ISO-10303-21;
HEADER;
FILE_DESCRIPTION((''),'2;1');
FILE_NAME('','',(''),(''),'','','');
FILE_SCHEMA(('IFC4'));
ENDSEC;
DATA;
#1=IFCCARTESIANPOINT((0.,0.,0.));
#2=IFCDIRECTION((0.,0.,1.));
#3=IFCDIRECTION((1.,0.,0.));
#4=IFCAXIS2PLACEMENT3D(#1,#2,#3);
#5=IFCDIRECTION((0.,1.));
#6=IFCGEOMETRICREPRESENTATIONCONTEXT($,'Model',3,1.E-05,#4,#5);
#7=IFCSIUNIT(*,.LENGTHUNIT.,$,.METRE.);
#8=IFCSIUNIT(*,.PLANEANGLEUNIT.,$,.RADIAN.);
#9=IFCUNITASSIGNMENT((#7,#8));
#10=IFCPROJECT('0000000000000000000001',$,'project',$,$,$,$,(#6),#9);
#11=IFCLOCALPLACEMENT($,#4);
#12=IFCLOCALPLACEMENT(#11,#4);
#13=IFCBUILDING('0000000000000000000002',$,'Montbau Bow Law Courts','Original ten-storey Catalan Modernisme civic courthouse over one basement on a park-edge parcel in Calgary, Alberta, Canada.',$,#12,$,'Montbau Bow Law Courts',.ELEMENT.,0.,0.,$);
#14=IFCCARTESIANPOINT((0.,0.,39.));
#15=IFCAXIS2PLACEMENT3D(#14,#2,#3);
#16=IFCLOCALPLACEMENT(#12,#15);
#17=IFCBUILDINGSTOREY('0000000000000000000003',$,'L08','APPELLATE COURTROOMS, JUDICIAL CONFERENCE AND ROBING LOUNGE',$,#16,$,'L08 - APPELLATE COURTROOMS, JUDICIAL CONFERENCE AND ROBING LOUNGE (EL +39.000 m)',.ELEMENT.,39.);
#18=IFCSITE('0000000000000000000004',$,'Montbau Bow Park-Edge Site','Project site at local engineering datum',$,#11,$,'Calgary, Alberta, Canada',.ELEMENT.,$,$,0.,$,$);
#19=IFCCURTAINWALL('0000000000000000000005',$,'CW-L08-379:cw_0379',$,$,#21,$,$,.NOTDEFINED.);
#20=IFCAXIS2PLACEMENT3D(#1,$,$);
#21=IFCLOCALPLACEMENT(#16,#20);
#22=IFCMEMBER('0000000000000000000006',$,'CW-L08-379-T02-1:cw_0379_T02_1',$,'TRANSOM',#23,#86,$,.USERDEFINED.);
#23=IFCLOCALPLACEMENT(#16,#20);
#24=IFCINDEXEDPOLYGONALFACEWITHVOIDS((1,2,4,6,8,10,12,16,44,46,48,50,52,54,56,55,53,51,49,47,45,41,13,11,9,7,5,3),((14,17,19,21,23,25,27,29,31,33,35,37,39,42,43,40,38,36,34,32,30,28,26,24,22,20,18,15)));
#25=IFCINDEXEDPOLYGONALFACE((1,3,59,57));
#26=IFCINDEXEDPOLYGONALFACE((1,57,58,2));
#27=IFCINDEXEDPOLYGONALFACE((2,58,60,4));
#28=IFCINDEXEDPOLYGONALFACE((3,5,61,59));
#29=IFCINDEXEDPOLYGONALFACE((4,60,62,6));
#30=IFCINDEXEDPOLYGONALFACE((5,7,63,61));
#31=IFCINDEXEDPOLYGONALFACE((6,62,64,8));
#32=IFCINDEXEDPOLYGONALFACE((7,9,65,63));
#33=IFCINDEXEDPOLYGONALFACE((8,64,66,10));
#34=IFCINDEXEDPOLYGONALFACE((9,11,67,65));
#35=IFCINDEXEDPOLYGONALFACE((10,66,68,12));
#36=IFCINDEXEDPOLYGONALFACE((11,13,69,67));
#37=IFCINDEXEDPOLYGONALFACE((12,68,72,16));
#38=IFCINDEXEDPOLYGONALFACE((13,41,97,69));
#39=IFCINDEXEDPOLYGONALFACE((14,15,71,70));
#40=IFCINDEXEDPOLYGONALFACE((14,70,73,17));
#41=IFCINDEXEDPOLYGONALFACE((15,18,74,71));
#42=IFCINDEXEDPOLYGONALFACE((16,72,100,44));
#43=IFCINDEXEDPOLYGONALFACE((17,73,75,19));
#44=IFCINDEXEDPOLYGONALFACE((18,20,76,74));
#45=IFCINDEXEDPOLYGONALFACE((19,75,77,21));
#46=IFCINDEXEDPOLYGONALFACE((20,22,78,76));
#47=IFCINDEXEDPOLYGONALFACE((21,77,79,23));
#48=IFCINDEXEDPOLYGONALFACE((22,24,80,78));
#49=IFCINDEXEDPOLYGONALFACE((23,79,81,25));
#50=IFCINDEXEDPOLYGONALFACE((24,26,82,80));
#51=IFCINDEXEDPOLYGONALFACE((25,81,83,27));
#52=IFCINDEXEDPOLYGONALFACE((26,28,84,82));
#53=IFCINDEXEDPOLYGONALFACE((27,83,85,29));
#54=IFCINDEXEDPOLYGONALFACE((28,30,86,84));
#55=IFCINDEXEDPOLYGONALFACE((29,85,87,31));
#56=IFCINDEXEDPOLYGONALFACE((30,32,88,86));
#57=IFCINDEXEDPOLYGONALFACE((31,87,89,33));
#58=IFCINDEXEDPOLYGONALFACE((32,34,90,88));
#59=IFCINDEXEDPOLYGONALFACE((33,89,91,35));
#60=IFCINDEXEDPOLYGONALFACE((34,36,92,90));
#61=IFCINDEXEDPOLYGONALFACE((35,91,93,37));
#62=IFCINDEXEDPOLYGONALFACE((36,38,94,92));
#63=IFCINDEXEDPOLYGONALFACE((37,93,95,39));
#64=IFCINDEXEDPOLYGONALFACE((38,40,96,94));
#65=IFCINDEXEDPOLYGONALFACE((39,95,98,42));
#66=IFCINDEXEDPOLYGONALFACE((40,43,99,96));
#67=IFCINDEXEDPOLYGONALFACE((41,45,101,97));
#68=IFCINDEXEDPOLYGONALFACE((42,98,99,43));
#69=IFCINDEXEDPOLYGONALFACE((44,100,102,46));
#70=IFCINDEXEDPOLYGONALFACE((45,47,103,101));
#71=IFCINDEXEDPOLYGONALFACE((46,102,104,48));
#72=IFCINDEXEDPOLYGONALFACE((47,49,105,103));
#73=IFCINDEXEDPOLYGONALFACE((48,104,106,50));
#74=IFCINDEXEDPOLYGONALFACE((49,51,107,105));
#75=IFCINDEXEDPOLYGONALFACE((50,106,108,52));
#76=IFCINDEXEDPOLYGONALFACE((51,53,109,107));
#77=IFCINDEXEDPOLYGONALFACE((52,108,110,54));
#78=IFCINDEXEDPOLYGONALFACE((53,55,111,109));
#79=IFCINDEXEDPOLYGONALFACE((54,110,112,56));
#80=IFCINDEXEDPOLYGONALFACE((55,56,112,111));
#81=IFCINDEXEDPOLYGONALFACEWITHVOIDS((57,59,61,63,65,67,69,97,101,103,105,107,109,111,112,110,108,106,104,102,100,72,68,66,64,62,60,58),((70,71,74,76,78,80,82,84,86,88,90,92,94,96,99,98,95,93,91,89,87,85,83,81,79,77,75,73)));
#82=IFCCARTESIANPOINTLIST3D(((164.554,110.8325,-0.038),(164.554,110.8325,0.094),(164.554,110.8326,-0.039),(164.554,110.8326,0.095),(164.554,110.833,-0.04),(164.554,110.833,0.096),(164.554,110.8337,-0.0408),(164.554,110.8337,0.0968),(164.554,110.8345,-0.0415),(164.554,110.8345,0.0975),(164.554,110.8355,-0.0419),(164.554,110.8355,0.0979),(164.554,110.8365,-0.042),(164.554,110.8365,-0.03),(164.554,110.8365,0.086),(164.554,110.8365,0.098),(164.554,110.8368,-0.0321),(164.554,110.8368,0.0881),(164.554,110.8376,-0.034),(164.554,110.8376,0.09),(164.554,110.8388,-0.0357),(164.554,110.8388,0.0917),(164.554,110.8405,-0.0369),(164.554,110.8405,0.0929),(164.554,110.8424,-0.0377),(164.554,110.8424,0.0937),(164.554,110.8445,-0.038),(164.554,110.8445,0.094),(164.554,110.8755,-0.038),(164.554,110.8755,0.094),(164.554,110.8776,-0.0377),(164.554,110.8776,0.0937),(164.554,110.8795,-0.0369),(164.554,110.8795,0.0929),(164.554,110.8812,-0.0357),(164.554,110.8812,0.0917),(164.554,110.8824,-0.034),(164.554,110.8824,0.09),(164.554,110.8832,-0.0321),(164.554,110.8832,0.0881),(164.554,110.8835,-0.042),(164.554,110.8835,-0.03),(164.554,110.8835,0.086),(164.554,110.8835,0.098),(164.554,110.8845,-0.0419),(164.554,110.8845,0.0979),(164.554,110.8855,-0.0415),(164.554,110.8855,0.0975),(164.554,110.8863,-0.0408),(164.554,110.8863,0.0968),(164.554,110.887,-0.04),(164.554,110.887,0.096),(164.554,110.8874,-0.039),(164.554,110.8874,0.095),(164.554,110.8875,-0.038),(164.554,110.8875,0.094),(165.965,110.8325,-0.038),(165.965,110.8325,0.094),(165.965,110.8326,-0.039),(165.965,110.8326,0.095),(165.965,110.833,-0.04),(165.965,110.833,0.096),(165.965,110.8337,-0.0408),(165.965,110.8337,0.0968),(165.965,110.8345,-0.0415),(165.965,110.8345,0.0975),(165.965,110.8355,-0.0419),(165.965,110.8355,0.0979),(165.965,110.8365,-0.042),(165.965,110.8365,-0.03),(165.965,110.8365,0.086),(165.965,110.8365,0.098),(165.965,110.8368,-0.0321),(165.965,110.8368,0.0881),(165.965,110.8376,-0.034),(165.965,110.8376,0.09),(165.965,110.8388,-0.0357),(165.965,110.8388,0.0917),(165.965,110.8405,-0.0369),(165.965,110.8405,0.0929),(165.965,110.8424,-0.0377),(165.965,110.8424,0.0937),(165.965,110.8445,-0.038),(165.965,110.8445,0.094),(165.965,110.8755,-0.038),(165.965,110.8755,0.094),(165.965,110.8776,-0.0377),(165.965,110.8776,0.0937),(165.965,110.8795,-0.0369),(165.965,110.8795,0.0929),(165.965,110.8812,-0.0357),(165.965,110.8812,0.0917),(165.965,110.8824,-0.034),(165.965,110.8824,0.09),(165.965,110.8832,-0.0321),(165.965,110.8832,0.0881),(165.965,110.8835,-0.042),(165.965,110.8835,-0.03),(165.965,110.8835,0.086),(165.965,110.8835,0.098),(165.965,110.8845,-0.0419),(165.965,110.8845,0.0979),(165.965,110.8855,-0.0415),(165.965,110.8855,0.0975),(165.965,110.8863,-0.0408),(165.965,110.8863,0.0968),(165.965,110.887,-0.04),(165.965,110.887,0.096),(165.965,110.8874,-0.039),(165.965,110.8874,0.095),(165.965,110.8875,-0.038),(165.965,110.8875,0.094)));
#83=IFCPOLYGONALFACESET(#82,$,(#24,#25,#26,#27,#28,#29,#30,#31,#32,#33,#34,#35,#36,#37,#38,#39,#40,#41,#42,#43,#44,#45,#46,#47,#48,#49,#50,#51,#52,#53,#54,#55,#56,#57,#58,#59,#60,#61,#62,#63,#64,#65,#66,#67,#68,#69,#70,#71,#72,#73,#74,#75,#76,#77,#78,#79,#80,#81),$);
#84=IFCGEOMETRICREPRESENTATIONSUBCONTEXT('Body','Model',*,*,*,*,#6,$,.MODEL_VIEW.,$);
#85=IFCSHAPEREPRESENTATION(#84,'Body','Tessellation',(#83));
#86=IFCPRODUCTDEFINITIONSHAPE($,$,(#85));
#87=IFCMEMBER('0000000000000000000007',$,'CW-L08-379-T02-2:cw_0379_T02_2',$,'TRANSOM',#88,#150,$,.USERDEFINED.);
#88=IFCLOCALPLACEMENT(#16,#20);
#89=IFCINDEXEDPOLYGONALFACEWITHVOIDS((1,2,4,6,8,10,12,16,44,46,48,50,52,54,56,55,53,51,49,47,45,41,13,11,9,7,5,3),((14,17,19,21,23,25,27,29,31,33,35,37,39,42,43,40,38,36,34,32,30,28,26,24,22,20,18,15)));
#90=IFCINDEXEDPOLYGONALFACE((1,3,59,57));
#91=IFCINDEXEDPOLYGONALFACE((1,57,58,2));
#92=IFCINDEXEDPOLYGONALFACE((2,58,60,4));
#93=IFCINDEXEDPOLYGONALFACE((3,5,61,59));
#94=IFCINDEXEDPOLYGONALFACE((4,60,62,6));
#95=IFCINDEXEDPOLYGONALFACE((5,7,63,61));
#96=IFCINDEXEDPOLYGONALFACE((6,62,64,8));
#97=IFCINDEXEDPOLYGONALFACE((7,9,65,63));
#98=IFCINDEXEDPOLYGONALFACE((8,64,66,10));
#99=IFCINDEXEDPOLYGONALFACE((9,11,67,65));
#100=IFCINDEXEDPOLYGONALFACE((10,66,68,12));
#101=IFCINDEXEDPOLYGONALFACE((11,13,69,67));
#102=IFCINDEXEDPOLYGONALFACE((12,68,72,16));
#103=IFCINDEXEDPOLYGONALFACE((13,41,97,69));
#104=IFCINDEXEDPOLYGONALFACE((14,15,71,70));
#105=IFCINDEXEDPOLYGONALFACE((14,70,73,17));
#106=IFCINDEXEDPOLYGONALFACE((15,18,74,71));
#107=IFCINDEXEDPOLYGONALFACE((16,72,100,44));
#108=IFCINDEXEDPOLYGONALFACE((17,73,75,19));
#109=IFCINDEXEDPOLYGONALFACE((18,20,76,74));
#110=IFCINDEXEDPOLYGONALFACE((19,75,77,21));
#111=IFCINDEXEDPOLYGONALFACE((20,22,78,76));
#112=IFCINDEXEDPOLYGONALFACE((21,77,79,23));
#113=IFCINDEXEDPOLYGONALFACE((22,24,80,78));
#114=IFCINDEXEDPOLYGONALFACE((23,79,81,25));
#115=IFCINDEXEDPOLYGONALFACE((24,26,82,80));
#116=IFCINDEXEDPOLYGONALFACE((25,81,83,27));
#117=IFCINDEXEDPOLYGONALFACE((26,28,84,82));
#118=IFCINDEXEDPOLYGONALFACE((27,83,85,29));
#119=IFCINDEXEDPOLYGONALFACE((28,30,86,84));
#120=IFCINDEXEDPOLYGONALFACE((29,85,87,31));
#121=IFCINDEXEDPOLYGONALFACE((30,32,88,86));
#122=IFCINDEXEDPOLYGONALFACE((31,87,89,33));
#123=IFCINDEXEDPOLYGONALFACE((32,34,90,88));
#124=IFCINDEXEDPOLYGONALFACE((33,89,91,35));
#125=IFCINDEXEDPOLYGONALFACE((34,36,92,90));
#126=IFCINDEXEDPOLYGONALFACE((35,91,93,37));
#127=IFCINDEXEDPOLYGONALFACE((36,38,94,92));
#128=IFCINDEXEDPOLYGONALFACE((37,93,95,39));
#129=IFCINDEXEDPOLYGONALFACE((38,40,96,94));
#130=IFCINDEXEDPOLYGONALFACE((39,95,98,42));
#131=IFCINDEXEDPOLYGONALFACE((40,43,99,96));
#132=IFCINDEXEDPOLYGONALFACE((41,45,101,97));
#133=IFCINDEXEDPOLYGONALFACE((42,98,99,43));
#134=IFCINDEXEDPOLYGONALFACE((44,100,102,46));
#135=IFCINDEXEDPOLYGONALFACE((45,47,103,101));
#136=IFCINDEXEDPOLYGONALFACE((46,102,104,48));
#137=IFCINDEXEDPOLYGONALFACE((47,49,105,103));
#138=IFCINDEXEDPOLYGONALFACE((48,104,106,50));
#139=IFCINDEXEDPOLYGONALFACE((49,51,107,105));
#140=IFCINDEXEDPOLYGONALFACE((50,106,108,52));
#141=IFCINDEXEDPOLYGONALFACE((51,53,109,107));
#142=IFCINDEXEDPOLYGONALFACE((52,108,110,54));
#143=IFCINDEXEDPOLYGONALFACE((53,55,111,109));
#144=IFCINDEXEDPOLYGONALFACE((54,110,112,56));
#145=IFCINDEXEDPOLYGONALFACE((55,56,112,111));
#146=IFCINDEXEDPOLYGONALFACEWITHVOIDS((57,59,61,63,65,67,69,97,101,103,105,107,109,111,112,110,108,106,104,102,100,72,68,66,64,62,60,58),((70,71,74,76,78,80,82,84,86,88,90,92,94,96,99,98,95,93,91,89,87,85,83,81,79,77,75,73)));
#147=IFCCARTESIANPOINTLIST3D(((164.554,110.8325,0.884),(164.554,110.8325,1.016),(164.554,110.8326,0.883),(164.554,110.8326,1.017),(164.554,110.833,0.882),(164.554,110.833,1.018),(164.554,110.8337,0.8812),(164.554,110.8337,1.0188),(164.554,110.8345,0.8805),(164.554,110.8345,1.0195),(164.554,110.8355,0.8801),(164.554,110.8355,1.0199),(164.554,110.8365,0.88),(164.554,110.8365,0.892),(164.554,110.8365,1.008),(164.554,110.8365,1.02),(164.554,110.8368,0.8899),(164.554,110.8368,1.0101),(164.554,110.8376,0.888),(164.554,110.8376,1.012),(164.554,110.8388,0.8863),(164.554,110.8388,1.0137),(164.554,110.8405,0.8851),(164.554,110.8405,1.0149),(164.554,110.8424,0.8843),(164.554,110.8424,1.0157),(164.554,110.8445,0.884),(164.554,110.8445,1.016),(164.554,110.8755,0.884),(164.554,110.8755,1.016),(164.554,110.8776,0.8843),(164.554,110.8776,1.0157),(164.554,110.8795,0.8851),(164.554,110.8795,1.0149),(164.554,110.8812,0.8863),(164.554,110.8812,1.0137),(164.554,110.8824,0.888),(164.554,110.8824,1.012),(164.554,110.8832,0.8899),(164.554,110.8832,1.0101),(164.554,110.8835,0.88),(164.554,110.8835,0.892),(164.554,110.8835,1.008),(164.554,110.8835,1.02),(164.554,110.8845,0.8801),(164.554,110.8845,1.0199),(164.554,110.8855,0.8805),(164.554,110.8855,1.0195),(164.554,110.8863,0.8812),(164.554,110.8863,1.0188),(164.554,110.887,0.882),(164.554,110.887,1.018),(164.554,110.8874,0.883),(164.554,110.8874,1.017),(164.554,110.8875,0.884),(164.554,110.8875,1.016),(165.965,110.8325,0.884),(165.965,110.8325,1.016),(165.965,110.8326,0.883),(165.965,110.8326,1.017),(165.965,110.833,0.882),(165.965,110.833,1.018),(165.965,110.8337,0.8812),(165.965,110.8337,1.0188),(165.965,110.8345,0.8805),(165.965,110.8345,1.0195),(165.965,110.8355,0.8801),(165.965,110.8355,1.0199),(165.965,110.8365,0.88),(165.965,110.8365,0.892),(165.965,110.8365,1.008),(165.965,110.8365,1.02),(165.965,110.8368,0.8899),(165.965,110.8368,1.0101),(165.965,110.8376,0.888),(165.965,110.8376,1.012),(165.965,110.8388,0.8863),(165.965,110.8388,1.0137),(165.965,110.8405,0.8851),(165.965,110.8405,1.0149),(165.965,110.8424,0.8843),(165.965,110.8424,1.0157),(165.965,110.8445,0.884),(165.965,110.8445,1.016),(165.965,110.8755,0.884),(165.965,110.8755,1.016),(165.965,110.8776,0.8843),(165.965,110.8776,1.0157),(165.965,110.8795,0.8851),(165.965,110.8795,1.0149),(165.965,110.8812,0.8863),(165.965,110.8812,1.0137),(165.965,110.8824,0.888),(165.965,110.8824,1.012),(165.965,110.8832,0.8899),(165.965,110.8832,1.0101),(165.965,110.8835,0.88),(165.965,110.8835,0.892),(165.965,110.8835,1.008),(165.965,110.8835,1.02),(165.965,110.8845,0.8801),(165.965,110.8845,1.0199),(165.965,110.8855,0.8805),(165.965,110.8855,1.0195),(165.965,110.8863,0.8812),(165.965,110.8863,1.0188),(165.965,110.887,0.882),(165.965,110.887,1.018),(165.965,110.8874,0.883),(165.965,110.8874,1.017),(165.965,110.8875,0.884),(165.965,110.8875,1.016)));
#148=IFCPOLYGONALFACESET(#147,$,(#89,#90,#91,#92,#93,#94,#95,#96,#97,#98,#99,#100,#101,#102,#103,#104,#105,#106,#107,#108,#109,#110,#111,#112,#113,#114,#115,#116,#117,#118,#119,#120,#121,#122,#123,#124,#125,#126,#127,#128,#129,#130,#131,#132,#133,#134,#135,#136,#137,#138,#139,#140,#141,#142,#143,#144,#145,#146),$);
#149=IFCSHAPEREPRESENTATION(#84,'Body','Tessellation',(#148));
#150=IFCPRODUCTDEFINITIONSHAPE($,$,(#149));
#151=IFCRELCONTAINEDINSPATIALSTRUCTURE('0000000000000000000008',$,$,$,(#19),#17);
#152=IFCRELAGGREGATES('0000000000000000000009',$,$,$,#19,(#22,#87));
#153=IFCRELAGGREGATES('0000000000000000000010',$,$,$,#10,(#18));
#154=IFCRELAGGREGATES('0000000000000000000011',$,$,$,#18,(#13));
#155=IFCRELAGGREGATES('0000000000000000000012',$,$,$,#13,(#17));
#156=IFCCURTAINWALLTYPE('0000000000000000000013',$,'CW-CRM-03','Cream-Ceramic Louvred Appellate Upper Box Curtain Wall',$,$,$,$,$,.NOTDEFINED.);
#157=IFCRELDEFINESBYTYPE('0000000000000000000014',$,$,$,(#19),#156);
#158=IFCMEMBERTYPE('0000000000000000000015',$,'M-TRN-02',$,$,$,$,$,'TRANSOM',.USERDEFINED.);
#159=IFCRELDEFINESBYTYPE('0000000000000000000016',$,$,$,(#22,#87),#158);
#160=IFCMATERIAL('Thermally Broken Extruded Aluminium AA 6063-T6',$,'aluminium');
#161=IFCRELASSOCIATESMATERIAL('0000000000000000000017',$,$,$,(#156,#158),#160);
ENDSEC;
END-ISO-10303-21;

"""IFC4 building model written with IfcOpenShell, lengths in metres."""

from ifc_helpers import new_model, si_unit, direction, frame, origin_with_axes, origin_2d_with_axis, place, context, subcontext, project, spatial, hollow_rectangle, extrude, material, material_profile, profile_set, type_object, element, aggregate, save


model = new_model("IFC4")

# Units and contexts
model_context = context("Model", 3, precision=1e-05, world=origin_with_axes(), true_north=direction((0.0, 1.0)))
body_context = subcontext(model_context, "Body", "Model", "MODEL_VIEW")
ifc_project = project(units=[si_unit("LENGTHUNIT", "METRE"), si_unit("PLANEANGLEUNIT", "RADIAN")], contexts=[model_context])

# Site, building, storey
site_placement = place(None, origin_with_axes())
site = spatial("IfcSite", under=ifc_project, at=site_placement, Name="Montbau Bow Park-Edge Site", Description="Project site at local engineering datum", LongName="Calgary, Alberta, Canada", CompositionType="ELEMENT", RefElevation=0.0)
building_placement = place(site_placement, origin_with_axes())
building = spatial("IfcBuilding", under=site, at=building_placement, Name="Montbau Bow Law Courts", Description="Original ten-storey Catalan Modernisme civic courthouse over one basement on a park-edge parcel in Calgary, Alberta, Canada.", LongName="Montbau Bow Law Courts", CompositionType="ELEMENT", ElevationOfRefHeight=0.0, ElevationOfTerrain=0.0)
storey_placement = place(building_placement, frame((0.0, 0.0, 39.0), z_axis=(0.0, 0.0, 1.0), x_axis=(1.0, 0.0, 0.0)))
storey = spatial("IfcBuildingStorey", under=building, at=storey_placement, Name="L08", Description="APPELLATE COURTROOMS, JUDICIAL CONFERENCE AND ROBING LOUNGE", LongName="L08 - APPELLATE COURTROOMS, JUDICIAL CONFERENCE AND ROBING LOUNGE (EL +39.000 m)", CompositionType="ELEMENT", Elevation=39.0)

# Shared definitions
ifc_material_1 = material(Name="Thermally Broken Extruded Aluminium AA 6063-T6", Category="aluminium")
curtain_wall_type = type_object("IfcCurtainWallType", Name="CW-CRM-03", Description="Cream-Ceramic Louvred Appellate Upper Box Curtain Wall", PredefinedType="NOTDEFINED", material=ifc_material_1)

# Curtain wall, members
curtain_wall_1_placement = place(None, frame((163.04, 110.86, 39.0), z_axis=(0.0, 0.0, 1.0), x_axis=(1.0, 0.0, 0.0)))
curtain_wall_1 = element("IfcCurtainWall", 1, at=curtain_wall_1_placement, inside=storey, type_object=curtain_wall_type, Name="CW-L08-379:cw_0379", PredefinedType="NOTDEFINED")
ifc_material_profile_1 = material_profile(ifc_material_1, hollow_rectangle(XDim=0.055, YDim=0.14, WallThickness=0.004, InnerFilletRadius=0.008, OuterFilletRadius=0.004, at=origin_2d_with_axis()), Name="CWT-140X55", Category="Main", Priority=0)
ifc_profile_set_1 = profile_set([ifc_material_profile_1], Name="Thermally Broken Extruded Aluminium AA 6063-T6")
member_type_1 = type_object("IfcMemberType", Name="M-TRN-02", ElementType="TRANSOM", PredefinedType="USERDEFINED", material=ifc_profile_set_1)
member_1_placement = place(None, frame((164.554, 110.86, 39.028), z_axis=(1.0, 0.0, 0.0), x_axis=(0.0, 1.0, 0.0)))
member_1 = element("IfcMember", 2, at=member_1_placement, type_object=member_type_1, Name="CW-L08-379-T02-1:cw_0379_T02_1", ObjectType="TRANSOM", PredefinedType="USERDEFINED", context=body_context, shape_type="SweptSolid", body=[
    extrude(hollow_rectangle(XDim=0.055, YDim=0.14, WallThickness=0.004, InnerFilletRadius=0.008, OuterFilletRadius=0.004, at=origin_2d_with_axis()), origin_with_axes(), (0.0, 0.0, 1.0), 1.411),
])
member_2_placement = place(None, frame((164.554, 110.86, 39.95), z_axis=(1.0, 0.0, 0.0), x_axis=(0.0, 1.0, 0.0)))
member_2 = element("IfcMember", 3, at=member_2_placement, type_object=member_type_1, Name="CW-L08-379-T02-2:cw_0379_T02_2", ObjectType="TRANSOM", PredefinedType="USERDEFINED", context=body_context, shape_type="SweptSolid", body=[
    extrude(hollow_rectangle(XDim=0.055, YDim=0.14, WallThickness=0.004, InnerFilletRadius=0.008, OuterFilletRadius=0.004, at=origin_2d_with_axis()), origin_with_axes(), (0.0, 0.0, 1.0), 1.411),
])
aggregate(curtain_wall_1, [member_1, member_2])

save(model, "model.ifc")
